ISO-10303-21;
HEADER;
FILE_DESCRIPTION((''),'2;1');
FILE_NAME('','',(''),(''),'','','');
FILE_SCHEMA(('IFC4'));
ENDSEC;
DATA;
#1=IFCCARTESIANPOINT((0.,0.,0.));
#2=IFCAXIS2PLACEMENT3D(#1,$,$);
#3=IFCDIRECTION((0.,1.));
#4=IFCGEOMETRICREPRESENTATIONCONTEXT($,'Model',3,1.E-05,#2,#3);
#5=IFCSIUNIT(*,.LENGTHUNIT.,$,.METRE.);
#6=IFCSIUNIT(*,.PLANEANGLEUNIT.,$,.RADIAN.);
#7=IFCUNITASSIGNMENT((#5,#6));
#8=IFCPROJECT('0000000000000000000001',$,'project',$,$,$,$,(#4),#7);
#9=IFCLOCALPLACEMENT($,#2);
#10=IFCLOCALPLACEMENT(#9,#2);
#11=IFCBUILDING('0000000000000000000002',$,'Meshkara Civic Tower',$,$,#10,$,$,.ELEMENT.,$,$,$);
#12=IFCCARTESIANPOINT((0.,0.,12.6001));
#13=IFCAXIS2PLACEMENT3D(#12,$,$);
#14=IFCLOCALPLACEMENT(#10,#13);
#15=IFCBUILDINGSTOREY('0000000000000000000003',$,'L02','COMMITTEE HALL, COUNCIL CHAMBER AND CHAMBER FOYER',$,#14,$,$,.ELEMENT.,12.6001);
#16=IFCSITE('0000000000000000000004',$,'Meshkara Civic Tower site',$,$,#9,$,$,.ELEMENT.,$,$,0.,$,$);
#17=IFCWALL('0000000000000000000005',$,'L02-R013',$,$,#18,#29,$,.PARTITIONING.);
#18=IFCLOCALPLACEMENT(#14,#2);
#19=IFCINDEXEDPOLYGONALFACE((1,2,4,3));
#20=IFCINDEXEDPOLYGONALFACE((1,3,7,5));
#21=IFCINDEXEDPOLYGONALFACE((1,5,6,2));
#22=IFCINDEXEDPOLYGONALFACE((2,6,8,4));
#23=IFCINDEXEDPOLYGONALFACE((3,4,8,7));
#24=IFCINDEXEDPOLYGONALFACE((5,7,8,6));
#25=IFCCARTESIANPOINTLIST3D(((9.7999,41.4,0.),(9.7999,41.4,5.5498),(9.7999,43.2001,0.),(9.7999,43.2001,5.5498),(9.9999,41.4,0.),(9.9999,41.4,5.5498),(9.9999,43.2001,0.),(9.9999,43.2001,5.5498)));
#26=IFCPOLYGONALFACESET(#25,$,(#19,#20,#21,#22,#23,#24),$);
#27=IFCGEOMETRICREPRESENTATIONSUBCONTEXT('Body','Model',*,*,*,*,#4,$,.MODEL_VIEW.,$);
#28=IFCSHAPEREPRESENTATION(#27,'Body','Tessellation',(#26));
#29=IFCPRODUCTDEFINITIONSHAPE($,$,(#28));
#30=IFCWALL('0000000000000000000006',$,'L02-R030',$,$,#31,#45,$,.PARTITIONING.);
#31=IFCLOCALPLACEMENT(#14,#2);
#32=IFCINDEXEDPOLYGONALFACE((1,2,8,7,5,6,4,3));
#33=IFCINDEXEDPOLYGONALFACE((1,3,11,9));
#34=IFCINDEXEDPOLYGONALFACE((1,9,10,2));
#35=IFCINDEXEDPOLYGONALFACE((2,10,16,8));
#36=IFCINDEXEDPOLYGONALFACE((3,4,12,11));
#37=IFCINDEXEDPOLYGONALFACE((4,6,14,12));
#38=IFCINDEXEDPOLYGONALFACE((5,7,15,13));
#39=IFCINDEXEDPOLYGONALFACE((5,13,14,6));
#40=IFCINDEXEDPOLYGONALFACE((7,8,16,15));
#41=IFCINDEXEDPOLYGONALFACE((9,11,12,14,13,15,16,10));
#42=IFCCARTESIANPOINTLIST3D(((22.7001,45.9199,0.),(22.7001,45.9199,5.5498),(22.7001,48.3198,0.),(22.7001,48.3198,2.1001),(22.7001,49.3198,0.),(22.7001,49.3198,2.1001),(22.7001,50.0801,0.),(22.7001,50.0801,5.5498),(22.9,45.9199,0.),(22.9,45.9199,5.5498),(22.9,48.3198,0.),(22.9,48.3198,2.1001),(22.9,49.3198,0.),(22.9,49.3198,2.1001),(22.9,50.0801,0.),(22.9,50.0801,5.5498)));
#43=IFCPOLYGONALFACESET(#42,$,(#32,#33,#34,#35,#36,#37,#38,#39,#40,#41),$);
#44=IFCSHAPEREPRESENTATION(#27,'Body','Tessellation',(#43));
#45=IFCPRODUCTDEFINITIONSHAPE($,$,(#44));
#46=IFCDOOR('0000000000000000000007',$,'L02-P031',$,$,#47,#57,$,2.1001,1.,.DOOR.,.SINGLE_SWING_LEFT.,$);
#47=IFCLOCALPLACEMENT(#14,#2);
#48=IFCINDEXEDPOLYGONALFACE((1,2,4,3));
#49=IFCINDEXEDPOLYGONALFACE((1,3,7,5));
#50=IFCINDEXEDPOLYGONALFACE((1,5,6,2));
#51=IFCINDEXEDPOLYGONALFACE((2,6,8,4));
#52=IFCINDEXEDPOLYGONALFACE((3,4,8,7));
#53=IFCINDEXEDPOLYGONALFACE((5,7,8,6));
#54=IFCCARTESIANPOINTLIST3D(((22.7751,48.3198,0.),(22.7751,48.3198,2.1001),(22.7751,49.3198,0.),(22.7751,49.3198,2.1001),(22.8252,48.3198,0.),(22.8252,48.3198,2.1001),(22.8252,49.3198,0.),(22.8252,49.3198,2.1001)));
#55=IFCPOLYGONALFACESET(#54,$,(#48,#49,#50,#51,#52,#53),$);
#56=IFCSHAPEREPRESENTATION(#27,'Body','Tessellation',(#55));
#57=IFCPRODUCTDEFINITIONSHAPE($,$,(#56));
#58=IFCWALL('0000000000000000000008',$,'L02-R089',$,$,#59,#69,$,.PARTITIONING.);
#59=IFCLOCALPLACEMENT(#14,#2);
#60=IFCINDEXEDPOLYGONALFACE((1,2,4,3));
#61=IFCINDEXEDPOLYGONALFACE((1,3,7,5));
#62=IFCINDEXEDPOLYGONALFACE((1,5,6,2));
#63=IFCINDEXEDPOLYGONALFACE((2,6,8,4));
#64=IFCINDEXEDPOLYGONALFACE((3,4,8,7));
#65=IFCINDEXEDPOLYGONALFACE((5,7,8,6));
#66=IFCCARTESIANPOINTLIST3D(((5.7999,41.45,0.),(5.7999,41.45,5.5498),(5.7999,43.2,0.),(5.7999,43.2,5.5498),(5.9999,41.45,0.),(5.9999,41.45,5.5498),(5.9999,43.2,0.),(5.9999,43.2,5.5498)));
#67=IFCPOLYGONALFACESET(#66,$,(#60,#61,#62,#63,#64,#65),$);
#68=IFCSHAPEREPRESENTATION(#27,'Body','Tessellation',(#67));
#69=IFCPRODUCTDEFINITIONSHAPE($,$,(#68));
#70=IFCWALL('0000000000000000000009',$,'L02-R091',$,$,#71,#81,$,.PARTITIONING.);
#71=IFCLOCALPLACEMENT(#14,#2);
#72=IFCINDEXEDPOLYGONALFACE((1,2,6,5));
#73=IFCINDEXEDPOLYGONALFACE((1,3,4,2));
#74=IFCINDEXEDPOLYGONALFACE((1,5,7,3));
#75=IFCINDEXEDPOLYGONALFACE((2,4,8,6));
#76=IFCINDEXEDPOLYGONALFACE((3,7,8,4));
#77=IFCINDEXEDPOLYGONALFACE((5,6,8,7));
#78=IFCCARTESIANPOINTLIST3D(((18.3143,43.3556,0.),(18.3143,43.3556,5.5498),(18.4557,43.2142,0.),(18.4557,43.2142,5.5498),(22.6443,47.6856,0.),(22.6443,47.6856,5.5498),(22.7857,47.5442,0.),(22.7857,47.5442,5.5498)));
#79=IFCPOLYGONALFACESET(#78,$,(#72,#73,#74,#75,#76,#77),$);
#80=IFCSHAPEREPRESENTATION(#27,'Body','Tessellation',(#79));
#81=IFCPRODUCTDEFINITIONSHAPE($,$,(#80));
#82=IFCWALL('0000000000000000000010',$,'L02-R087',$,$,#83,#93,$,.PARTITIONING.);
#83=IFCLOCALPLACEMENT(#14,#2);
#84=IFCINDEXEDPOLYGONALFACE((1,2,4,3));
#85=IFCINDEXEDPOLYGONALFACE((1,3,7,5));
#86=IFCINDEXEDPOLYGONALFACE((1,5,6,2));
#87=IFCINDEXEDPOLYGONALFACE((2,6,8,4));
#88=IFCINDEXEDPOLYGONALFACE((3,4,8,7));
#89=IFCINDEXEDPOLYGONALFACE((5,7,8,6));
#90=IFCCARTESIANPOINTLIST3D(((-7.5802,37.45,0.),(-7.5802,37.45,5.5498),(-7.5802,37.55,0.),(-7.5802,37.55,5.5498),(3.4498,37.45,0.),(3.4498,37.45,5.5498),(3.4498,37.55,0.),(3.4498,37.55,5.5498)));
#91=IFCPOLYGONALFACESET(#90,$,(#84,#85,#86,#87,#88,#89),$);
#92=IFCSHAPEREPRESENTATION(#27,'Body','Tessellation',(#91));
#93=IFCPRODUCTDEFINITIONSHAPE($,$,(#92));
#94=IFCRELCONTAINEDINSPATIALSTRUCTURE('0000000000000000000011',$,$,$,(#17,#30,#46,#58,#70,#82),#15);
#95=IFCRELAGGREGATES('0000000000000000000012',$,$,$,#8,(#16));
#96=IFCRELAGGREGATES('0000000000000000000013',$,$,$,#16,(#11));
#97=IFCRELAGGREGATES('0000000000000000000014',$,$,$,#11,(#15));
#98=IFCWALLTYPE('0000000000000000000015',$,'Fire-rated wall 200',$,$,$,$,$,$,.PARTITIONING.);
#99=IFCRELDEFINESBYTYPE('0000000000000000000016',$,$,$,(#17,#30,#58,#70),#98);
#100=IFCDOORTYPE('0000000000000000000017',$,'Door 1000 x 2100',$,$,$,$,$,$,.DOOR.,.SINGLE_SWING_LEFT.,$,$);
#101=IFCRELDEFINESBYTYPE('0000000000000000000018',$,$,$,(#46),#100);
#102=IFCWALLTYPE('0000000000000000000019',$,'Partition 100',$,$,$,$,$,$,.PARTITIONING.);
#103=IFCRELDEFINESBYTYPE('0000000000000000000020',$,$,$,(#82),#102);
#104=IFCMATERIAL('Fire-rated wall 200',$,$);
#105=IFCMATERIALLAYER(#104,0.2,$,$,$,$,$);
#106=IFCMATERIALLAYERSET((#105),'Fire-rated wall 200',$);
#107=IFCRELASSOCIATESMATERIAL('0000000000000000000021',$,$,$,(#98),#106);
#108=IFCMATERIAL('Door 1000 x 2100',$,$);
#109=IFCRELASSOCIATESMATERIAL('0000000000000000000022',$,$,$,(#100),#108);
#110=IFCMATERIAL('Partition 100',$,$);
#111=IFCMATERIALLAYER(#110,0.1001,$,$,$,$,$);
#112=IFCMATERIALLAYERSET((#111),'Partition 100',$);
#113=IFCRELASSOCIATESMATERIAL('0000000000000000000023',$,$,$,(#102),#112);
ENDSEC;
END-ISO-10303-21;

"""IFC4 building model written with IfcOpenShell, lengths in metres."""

from ifc_helpers import new_model, si_unit, direction, frame, frame_2d, origin, place, context, subcontext, project, spatial, rectangle, extrude, material, layer, layer_set, type_object, element, fill, save


model = new_model("IFC4")

# Units and contexts
model_context = context("Model", 3, precision=1e-05, world=origin(), true_north=direction((0.0, 1.0)))
body_context = subcontext(model_context, "Body", "Model", "MODEL_VIEW")
ifc_project = project(units=[si_unit("LENGTHUNIT", "METRE"), si_unit("PLANEANGLEUNIT", "RADIAN")], contexts=[model_context])

# Site, building, storey
site_placement = place(None, origin())
site = spatial("IfcSite", under=ifc_project, at=site_placement, Name="Meshkara Civic Tower site", CompositionType="ELEMENT", RefElevation=0.0)
building_placement = place(site_placement, origin())
building = spatial("IfcBuilding", under=site, at=building_placement, Name="Meshkara Civic Tower", CompositionType="ELEMENT")
storey_placement = place(building_placement, frame((0.0, 0.0, 12.6001)))
storey = spatial("IfcBuildingStorey", under=building, at=storey_placement, Name="L02", Description="COMMITTEE HALL, COUNCIL CHAMBER AND CHAMBER FOYER", CompositionType="ELEMENT", Elevation=12.6001)

# Shared definitions
ifc_material_1 = material(Name="Fire-rated wall 200")
ifc_layer_1 = layer(ifc_material_1, 0.2)
ifc_layer_set_1 = layer_set([ifc_layer_1], Name="Fire-rated wall 200")
wall_type_1 = type_object("IfcWallType", Name="Fire-rated wall 200", PredefinedType="PARTITIONING", material=ifc_layer_set_1)

# Shared definitions
ifc_material_2 = material(Name="Door 1000 x 2100")
door_type_1 = type_object("IfcDoorType", Name="Door 1000 x 2100", OperationType="SINGLE_SWING_LEFT", PredefinedType="DOOR", material=ifc_material_2)

# Wall
wall_1_placement = place(storey_placement, frame((9.8999, 43.2, 0.0), z_axis=(0.0, 0.0, 1.0), x_axis=(0.0, -1.0, 0.0)))
element("IfcWall", 1, at=wall_1_placement, inside=storey, type_object=wall_type_1, Name="L02-R013", PredefinedType="PARTITIONING", context=body_context, shape_type="SweptSolid", body=[
    extrude(rectangle(XDim=1.8, YDim=0.2, at=frame_2d((0.8999, 0.0))), origin(), (0.0, 0.0, 1.0), 5.5498),
])

# Wall, opening, door
wall_2_placement = place(storey_placement, frame((22.8, 45.9199, 0.0), z_axis=(0.0, 0.0, 1.0), x_axis=(0.0, 1.0, 0.0)))
wall_2 = element("IfcWall", 2, at=wall_2_placement, inside=storey, type_object=wall_type_1, Name="L02-R030", PredefinedType="PARTITIONING", context=body_context, shape_type="SweptSolid", body=[
    extrude(rectangle(XDim=4.1602, YDim=0.2, at=frame_2d((2.0801, 0.0))), origin(), (0.0, 0.0, 1.0), 5.5498),
])
opening_1_placement = place(wall_2_placement, frame((2.3999, 0.0, 0.0)))
opening_1 = element("IfcOpeningElement", 3, at=opening_1_placement, cuts=wall_2, PredefinedType="OPENING", context=body_context, shape_type="SweptSolid", body=[
    extrude(rectangle(XDim=1.0, YDim=2.1001, at=frame_2d((0.5, 1.05))), frame((0.0, 0.1099, 0.0), z_axis=(0.0, -1.0, 0.0), x_axis=(1.0, 0.0, 0.0)), (0.0, 0.0, 1.0), 0.22),
])
door_1_placement = place(opening_1_placement, origin())
door_1 = element("IfcDoor", 4, at=door_1_placement, inside=storey, type_object=door_type_1, Name="L02-P031", OperationType="SINGLE_SWING_LEFT", OverallHeight=2.1001, OverallWidth=1.0, PredefinedType="DOOR", context=body_context, shape_type="SweptSolid", body=[
    extrude(rectangle(XDim=1.0, YDim=2.1001, at=frame_2d((0.5, 1.05))), frame((0.0, 0.0249, 0.0), z_axis=(0.0, -1.0, 0.0), x_axis=(1.0, 0.0, 0.0)), (0.0, 0.0, 1.0), 0.05),
])
fill(opening_1, door_1)

# Walls
wall_3_placement = place(storey_placement, frame((5.8999, 43.2, 0.0), z_axis=(0.0, 0.0, 1.0), x_axis=(0.0, -1.0, 0.0)))
element("IfcWall", 5, at=wall_3_placement, inside=storey, type_object=wall_type_1, Name="L02-R089", PredefinedType="PARTITIONING", context=body_context, shape_type="SweptSolid", body=[
    extrude(rectangle(XDim=1.75, YDim=0.2, at=frame_2d((0.875, 0.0))), origin(), (0.0, 0.0, 1.0), 5.5498),
])
wall_4_placement = place(storey_placement, frame((18.385, 43.2849, 0.0), z_axis=(0.0, 0.0, 1.0), x_axis=(0.707107, 0.707107, 0.0)))
element("IfcWall", 6, at=wall_4_placement, inside=storey, type_object=wall_type_1, Name="L02-R091", PredefinedType="PARTITIONING", context=body_context, shape_type="SweptSolid", body=[
    extrude(rectangle(XDim=6.1235, YDim=0.2, at=frame_2d((3.0618, 0.0))), origin(), (0.0, 0.0, 1.0), 5.5498),
])
ifc_material_3 = material(Name="Partition 100")
ifc_layer_2 = layer(ifc_material_3, 0.1001)
ifc_layer_set_2 = layer_set([ifc_layer_2], Name="Partition 100")
wall_type_2 = type_object("IfcWallType", Name="Partition 100", PredefinedType="PARTITIONING", material=ifc_layer_set_2)
wall_5_placement = place(storey_placement, frame((3.45, 37.5, 0.0), z_axis=(0.0, 0.0, 1.0), x_axis=(-1.0, 0.0, 0.0)))
element("IfcWall", 7, at=wall_5_placement, inside=storey, type_object=wall_type_2, Name="L02-R087", PredefinedType="PARTITIONING", context=body_context, shape_type="SweptSolid", body=[
    extrude(rectangle(XDim=11.03, YDim=0.1001, at=frame_2d((5.5151, 0.0))), origin(), (0.0, 0.0, 1.0), 5.5498),
])

save(model, "model.ifc")
